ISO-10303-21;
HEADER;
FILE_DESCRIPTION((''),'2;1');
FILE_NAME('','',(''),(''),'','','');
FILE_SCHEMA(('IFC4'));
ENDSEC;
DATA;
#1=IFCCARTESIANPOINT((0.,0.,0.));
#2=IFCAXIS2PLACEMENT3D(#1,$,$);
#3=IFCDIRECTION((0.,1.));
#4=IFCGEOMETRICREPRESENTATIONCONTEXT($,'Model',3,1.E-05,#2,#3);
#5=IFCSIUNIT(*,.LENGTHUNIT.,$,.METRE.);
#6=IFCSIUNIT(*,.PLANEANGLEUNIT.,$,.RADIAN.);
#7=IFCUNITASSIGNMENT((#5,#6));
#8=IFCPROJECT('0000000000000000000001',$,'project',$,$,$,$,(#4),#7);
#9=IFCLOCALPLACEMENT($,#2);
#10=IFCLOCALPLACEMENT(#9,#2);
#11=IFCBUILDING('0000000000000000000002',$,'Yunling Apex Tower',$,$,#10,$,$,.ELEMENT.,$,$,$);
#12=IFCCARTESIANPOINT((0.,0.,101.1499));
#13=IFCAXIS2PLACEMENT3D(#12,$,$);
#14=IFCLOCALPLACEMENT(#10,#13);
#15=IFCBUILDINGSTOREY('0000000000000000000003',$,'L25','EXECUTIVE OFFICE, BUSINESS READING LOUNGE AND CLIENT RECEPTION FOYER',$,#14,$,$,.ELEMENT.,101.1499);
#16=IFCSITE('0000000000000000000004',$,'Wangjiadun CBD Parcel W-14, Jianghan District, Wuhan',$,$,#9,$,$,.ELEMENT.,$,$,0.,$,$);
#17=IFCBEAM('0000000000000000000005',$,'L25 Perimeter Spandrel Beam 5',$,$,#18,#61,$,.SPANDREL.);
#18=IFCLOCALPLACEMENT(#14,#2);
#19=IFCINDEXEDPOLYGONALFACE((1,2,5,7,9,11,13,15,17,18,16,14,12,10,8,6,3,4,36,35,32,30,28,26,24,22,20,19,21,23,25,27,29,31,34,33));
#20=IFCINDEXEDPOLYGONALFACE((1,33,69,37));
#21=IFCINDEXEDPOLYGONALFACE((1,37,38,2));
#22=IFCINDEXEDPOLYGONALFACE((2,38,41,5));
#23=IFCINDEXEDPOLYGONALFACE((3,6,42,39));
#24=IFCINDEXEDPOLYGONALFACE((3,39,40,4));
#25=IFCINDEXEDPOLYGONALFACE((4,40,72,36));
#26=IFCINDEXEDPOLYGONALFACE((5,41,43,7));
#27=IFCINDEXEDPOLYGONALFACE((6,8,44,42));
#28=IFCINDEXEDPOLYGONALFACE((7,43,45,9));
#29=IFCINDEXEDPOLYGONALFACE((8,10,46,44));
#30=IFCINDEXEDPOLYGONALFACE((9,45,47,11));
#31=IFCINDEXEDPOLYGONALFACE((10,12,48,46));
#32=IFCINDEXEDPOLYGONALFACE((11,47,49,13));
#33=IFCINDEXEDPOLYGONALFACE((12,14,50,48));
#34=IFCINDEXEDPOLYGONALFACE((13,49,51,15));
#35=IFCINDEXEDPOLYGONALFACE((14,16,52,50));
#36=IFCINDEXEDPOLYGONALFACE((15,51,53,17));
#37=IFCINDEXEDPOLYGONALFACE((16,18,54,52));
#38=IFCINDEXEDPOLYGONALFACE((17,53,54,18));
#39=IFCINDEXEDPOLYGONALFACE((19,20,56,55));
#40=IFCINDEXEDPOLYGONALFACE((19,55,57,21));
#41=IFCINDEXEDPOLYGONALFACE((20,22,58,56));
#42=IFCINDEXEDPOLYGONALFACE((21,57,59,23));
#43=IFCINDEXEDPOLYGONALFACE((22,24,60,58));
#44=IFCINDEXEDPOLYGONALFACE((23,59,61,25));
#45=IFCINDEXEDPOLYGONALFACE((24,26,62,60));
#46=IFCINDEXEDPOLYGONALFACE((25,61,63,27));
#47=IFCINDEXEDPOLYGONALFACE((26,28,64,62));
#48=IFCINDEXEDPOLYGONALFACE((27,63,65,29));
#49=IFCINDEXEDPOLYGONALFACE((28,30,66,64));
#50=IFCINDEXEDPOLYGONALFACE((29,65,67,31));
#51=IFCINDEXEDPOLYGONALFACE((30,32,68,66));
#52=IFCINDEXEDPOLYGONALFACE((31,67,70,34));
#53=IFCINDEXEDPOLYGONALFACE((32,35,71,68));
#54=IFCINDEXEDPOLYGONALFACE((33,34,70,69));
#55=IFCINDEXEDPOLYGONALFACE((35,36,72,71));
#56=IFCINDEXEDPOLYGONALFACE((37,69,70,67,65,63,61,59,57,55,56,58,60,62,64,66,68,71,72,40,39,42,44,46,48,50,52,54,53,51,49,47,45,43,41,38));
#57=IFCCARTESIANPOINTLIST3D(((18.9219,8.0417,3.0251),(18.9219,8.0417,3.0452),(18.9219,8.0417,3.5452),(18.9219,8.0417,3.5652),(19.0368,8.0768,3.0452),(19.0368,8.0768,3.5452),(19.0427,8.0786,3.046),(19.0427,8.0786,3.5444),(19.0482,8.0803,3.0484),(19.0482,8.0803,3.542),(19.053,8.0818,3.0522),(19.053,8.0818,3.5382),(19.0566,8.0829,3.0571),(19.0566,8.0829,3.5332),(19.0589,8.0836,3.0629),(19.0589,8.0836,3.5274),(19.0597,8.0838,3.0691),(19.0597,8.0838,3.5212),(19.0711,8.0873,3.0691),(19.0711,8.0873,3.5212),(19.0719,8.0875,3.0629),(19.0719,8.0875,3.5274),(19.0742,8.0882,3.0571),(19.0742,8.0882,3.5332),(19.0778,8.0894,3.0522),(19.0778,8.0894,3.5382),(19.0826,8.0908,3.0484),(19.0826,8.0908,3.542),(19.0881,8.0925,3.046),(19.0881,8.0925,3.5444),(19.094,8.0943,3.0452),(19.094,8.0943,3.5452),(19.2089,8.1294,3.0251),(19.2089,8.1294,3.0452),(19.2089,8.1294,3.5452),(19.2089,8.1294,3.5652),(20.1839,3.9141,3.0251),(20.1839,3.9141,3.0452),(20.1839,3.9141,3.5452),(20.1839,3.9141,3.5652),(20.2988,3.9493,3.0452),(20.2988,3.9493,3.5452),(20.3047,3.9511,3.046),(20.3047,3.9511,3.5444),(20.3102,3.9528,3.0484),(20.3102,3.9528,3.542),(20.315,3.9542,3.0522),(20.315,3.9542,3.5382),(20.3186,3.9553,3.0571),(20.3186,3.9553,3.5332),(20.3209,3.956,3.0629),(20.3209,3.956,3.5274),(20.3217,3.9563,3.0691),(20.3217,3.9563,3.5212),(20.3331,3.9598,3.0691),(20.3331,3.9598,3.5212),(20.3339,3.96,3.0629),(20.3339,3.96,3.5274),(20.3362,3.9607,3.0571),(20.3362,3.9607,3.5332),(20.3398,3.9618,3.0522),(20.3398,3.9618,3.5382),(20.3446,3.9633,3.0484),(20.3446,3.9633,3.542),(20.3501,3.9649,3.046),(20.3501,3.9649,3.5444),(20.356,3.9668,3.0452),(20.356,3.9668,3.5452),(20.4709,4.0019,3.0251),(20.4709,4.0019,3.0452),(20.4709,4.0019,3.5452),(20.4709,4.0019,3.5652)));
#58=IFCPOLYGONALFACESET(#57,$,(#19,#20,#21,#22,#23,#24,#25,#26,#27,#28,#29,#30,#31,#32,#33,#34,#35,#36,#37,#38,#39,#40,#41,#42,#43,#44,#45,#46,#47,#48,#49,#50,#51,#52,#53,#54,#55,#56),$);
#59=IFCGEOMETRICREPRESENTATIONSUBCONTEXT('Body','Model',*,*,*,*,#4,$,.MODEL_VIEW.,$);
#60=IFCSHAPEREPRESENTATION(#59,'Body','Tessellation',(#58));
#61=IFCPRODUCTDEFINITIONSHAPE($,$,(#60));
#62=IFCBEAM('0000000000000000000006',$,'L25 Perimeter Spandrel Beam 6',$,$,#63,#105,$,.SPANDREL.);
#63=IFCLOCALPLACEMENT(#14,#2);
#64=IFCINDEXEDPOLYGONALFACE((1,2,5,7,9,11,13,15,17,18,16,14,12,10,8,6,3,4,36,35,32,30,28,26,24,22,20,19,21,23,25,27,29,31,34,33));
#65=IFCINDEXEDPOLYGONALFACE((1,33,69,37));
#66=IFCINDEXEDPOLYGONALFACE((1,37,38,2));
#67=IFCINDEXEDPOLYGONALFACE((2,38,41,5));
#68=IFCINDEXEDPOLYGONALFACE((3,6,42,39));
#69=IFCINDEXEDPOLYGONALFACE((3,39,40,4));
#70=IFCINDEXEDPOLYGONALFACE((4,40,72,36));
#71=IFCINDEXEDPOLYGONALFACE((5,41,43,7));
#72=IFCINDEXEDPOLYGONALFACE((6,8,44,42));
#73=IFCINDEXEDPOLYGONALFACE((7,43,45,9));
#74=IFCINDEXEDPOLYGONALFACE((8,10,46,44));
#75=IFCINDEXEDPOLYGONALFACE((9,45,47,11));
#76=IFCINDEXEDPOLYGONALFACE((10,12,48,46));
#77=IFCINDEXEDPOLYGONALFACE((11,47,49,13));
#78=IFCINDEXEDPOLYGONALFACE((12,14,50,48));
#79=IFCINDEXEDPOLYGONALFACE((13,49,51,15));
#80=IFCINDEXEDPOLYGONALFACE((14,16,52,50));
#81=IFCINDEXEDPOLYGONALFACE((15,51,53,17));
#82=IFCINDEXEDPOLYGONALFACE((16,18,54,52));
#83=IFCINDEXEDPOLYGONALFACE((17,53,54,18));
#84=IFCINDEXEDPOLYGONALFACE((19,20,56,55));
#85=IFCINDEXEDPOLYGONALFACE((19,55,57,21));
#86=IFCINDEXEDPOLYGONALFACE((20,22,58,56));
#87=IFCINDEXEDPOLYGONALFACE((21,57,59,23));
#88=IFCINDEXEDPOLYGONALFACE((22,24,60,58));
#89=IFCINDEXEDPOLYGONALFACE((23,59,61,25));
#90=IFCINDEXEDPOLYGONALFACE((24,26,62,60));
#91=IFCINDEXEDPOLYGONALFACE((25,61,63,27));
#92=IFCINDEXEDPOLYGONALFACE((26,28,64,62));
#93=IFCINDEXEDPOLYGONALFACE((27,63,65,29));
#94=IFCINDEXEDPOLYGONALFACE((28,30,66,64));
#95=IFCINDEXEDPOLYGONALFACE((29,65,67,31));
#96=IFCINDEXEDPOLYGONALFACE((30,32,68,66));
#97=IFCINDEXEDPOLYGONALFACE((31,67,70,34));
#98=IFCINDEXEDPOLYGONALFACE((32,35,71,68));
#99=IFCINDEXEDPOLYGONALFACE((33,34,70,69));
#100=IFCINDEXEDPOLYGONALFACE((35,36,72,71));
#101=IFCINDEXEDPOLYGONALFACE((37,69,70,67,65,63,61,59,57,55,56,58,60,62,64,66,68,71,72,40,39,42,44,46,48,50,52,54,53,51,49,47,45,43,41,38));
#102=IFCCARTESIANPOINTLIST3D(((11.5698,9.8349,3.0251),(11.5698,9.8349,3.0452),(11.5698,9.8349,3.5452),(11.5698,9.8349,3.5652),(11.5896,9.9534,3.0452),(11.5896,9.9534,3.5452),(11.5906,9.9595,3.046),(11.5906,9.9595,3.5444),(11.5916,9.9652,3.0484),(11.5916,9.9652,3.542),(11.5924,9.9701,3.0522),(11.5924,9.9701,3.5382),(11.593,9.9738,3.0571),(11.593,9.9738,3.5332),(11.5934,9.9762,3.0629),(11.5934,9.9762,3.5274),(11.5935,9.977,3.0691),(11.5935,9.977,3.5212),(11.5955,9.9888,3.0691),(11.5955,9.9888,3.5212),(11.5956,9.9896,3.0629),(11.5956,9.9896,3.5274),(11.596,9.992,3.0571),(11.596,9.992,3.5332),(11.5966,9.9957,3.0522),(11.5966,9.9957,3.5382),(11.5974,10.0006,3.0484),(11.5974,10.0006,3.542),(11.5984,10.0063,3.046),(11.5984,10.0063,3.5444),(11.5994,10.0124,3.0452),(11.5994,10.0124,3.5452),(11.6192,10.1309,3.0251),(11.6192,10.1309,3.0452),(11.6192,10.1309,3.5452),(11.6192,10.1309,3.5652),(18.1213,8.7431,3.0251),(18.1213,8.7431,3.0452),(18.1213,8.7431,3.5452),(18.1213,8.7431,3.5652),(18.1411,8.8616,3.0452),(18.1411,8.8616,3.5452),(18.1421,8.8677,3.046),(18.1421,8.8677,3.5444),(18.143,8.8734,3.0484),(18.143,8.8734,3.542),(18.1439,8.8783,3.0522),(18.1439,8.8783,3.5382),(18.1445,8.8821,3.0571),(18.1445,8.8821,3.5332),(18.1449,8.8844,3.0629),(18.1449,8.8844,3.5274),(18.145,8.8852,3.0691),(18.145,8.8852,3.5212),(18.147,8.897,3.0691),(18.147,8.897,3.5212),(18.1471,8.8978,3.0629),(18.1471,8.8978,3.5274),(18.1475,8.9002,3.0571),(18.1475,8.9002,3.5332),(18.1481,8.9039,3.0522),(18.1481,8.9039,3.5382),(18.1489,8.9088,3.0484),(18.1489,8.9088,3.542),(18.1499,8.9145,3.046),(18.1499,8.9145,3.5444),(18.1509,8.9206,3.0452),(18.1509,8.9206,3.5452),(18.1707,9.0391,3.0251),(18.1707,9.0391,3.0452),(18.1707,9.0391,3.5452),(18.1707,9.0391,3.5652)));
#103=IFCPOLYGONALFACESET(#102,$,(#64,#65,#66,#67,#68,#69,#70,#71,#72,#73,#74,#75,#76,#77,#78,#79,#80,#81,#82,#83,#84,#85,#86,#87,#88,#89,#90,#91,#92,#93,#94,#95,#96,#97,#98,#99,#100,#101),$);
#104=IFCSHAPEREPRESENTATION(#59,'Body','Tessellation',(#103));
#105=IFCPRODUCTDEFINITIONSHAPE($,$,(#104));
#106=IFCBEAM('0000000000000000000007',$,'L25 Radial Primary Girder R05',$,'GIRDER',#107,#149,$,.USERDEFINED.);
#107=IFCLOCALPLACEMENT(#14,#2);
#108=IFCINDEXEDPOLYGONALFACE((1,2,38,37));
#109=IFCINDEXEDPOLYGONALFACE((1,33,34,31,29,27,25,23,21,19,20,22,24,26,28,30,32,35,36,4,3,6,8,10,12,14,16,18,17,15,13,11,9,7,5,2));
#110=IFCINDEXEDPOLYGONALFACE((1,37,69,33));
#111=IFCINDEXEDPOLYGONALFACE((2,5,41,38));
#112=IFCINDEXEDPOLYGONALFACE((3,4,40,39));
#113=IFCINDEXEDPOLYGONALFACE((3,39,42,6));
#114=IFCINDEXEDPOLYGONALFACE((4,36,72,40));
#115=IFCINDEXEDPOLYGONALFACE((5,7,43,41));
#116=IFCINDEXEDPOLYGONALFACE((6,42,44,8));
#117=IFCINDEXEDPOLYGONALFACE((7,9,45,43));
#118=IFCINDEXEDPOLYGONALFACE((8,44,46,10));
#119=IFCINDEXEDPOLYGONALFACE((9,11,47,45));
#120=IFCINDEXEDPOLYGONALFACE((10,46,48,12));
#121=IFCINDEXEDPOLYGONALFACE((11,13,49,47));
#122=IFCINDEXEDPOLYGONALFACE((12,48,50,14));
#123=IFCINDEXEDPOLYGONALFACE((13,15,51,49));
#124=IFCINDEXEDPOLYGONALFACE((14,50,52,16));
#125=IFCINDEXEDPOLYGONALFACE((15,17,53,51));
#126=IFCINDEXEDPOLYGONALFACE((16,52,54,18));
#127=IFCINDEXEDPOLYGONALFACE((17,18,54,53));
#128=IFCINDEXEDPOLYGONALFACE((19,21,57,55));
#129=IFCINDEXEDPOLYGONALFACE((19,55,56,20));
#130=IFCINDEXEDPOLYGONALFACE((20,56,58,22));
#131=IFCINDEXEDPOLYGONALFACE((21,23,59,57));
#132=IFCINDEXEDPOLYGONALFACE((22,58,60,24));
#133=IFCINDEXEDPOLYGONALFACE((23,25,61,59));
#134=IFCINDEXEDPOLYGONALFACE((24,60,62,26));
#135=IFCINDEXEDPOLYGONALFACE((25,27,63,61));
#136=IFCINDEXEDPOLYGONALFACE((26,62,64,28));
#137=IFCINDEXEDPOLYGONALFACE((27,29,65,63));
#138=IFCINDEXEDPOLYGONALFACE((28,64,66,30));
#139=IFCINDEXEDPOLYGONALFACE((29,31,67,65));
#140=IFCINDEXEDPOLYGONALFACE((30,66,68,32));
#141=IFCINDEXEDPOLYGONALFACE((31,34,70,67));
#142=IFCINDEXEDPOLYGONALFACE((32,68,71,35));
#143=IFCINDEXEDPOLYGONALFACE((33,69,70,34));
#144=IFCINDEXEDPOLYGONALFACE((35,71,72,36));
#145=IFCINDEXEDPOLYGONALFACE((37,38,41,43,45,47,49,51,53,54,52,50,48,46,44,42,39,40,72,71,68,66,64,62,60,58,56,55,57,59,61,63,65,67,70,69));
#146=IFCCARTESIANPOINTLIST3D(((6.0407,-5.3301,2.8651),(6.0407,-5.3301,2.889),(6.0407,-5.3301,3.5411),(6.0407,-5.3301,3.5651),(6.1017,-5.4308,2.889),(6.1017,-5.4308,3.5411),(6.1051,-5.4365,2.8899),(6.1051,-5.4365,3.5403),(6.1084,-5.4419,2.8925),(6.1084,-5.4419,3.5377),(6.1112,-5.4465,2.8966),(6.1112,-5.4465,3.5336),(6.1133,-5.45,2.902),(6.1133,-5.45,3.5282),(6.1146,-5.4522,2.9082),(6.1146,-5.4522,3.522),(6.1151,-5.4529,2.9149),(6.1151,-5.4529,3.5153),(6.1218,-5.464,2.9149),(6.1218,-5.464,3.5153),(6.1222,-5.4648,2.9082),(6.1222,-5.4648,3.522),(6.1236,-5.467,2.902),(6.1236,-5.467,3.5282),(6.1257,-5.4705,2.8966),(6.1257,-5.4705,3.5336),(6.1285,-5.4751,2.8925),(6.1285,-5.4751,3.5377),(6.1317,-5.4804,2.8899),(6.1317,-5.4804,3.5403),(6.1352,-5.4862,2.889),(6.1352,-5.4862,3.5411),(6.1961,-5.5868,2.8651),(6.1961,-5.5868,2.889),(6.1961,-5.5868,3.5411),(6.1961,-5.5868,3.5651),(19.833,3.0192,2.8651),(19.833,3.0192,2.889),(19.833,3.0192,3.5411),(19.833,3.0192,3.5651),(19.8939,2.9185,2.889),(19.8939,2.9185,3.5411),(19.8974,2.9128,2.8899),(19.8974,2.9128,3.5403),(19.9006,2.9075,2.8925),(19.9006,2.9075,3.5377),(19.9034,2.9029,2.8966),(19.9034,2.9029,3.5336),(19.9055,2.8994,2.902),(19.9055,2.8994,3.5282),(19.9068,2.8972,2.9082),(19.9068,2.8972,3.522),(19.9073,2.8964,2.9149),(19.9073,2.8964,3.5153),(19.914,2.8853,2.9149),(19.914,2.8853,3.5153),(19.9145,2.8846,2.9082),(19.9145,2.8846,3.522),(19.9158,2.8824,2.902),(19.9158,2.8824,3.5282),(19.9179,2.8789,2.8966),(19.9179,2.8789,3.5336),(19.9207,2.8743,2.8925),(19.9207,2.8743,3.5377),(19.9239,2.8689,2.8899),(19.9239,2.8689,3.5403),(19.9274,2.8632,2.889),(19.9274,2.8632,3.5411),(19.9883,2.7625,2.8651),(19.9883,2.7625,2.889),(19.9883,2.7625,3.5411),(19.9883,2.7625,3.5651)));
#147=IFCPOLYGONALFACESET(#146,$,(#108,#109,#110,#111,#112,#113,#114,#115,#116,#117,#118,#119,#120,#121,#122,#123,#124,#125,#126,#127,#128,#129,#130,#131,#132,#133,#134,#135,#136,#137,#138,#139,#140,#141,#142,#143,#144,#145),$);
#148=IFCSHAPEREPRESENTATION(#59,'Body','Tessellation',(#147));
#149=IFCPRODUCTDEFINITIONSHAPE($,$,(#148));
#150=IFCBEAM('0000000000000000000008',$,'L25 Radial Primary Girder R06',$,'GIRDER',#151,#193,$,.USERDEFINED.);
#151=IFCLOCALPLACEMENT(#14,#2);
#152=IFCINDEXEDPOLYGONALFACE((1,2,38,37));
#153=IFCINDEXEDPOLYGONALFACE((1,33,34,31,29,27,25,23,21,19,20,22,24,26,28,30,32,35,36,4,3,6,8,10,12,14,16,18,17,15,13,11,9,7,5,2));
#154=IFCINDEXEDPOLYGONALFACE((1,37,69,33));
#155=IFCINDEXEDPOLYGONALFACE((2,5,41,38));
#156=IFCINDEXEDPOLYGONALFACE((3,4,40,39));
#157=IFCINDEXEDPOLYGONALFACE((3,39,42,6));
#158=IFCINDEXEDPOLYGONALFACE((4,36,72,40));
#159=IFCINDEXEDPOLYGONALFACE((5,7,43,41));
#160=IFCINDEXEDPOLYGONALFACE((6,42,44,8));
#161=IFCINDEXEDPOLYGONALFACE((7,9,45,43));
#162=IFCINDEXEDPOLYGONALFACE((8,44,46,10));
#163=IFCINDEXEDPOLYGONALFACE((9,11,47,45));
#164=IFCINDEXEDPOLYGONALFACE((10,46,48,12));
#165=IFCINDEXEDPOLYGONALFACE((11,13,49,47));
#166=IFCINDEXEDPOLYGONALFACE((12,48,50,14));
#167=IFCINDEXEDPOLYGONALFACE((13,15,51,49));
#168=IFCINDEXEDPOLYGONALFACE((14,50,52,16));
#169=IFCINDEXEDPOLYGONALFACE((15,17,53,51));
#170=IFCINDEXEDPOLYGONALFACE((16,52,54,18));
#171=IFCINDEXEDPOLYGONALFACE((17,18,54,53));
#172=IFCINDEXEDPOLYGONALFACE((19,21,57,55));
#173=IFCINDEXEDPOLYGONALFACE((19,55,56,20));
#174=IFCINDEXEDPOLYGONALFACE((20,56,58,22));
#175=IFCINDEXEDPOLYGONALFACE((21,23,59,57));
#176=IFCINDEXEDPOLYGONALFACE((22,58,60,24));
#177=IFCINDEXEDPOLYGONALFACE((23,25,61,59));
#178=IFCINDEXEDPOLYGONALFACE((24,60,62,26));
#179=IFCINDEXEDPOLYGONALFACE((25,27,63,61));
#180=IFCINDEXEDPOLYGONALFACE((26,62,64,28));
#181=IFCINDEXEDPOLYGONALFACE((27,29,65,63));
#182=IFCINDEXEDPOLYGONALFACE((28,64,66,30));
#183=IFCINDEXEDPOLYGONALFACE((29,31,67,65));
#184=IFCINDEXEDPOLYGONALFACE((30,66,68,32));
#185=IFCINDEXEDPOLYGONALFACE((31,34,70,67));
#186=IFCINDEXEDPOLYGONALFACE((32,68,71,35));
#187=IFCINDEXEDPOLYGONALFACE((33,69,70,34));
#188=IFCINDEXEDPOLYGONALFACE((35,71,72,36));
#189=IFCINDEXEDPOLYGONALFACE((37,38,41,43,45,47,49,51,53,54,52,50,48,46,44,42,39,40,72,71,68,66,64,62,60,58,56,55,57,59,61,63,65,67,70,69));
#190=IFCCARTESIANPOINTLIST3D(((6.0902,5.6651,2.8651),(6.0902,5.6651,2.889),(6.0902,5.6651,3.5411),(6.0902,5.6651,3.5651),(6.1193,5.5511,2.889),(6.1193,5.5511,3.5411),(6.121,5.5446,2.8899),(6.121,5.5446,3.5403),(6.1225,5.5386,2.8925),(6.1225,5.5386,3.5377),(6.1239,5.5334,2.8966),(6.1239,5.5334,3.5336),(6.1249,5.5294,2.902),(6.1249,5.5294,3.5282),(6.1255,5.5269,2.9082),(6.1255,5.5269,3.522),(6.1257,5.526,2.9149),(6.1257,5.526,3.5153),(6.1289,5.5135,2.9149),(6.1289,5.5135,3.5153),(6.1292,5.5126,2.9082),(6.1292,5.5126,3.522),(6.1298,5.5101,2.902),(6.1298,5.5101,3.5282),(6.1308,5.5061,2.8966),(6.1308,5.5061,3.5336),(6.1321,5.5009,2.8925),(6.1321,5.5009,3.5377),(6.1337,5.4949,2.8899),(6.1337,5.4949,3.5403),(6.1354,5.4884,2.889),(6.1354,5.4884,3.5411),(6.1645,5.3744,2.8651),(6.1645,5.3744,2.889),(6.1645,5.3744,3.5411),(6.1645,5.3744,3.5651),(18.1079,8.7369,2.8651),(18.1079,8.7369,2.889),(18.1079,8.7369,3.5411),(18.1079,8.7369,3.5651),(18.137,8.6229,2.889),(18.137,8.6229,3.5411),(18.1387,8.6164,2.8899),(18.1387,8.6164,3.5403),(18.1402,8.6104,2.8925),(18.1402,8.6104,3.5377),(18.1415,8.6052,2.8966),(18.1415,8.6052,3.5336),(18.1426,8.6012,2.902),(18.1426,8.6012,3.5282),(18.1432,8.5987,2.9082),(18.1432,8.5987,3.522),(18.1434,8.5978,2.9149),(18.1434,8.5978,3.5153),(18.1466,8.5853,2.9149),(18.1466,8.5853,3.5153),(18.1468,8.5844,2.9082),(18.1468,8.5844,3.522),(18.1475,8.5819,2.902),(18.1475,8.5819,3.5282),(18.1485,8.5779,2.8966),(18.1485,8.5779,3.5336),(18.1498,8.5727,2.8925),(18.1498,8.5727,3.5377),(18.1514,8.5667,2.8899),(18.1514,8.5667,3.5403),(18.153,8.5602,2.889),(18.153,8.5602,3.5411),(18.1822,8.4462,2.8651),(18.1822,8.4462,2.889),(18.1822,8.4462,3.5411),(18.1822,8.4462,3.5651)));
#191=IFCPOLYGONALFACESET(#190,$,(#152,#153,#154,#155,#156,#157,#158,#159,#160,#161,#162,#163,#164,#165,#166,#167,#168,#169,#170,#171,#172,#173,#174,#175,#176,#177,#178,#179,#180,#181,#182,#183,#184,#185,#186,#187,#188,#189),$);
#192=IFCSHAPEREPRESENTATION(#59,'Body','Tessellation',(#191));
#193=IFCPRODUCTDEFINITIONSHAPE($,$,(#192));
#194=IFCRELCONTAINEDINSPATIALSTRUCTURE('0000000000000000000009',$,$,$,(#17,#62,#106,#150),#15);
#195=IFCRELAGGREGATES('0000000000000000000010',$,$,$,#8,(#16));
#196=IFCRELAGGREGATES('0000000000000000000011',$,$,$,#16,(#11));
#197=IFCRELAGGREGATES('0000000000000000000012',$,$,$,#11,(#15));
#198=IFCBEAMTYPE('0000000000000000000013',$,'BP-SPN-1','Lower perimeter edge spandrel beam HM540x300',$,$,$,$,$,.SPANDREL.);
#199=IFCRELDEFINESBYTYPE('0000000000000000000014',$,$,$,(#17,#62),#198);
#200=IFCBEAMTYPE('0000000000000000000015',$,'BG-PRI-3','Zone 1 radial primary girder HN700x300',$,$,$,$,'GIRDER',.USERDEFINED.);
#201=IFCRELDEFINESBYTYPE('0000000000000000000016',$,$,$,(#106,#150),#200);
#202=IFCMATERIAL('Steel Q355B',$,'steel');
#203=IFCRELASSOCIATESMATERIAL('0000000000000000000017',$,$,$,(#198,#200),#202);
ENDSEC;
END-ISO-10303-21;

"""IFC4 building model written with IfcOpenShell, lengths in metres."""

from ifc_helpers import new_model, si_unit, direction, frame, origin, origin_2d, place, context, subcontext, project, spatial, i_section, extrude, source, transform, mapped, material, material_profile, profile_set, type_object, element, save


model = new_model("IFC4")

# Units and contexts
model_context = context("Model", 3, precision=1e-05, world=origin(), true_north=direction((0.0, 1.0)))
body_context = subcontext(model_context, "Body", "Model", "MODEL_VIEW")
ifc_project = project(units=[si_unit("LENGTHUNIT", "METRE"), si_unit("PLANEANGLEUNIT", "RADIAN")], contexts=[model_context])

# Site, building, storey
site_placement = place(None, origin())
site = spatial("IfcSite", under=ifc_project, at=site_placement, Name="Wangjiadun CBD Parcel W-14, Jianghan District, Wuhan", CompositionType="ELEMENT", RefElevation=0.0)
building_placement = place(site_placement, origin())
building = spatial("IfcBuilding", under=site, at=building_placement, Name="Yunling Apex Tower", CompositionType="ELEMENT")
storey_placement = place(building_placement, frame((0.0, 0.0, 101.1499)))
storey = spatial("IfcBuildingStorey", under=building, at=storey_placement, Name="L25", Description="EXECUTIVE OFFICE, BUSINESS READING LOUNGE AND CLIENT RECEPTION FOYER", CompositionType="ELEMENT", Elevation=101.1499)

# Beams
ifc_material_1 = material(Name="Steel Q355B", Category="steel")
ifc_material_profile_1 = material_profile(ifc_material_1, i_section(OverallWidth=0.3, OverallDepth=0.54, WebThickness=0.012, FlangeThickness=0.02, FilletRadius=0.0239, at=origin_2d()))
ifc_profile_set_1 = profile_set([ifc_material_profile_1], Name="Steel Q355B")
beam_type_1 = type_object("IfcBeamType", Name="BP-SPN-1", Description="Lower perimeter edge spandrel beam HM540x300", PredefinedType="SPANDREL", material=ifc_profile_set_1)
shared_shape_1 = source(origin(), body_context, "Body", "SweptSolid", [
    extrude(i_section(OverallWidth=0.3, OverallDepth=0.54, WebThickness=0.012, FlangeThickness=0.02, FilletRadius=0.0239, at=origin_2d()), origin(), (0.0, 0.0, 1.0), 4.3162),
])
beam_1_placement = place(storey_placement, frame((20.3274, 3.958, 3.2952), z_axis=(-0.292388, 0.9563, 0.0), x_axis=(-0.9563, -0.292388, 0.0)))
element("IfcBeam", 1, at=beam_1_placement, inside=storey, type_object=beam_type_1, Name="L25 Perimeter Spandrel Beam 5", PredefinedType="SPANDREL", context=body_context, shape_type="MappedRepresentation", body=[
    mapped(shared_shape_1, transform((0.0, 0.0, 0.0), scale=1.0)),
])
shared_shape_2 = source(origin(), body_context, "Body", "SweptSolid", [
    extrude(i_section(OverallWidth=0.3, OverallDepth=0.54, WebThickness=0.012, FlangeThickness=0.02, FilletRadius=0.0239, at=origin_2d()), origin(), (0.0, 0.0, 1.0), 6.6418),
])
beam_2_placement = place(storey_placement, frame((18.146, 8.8911, 3.2952), z_axis=(-0.986397, 0.164381, 0.0), x_axis=(-0.164381, -0.986397, 0.0)))
element("IfcBeam", 2, at=beam_2_placement, inside=storey, type_object=beam_type_1, Name="L25 Perimeter Spandrel Beam 6", PredefinedType="SPANDREL", context=body_context, shape_type="MappedRepresentation", body=[
    mapped(shared_shape_2, transform((0.0, 0.0, 0.0), scale=1.0)),
])
ifc_material_profile_2 = material_profile(ifc_material_1, i_section(OverallWidth=0.3, OverallDepth=0.7, WebThickness=0.0129, FlangeThickness=0.0239, FilletRadius=0.0259, at=origin_2d()))
ifc_profile_set_2 = profile_set([ifc_material_profile_2], Name="Steel Q355B")
beam_type_2 = type_object("IfcBeamType", Name="BG-PRI-3", Description="Zone 1 radial primary girder HN700x300", ElementType="GIRDER", PredefinedType="USERDEFINED", material=ifc_profile_set_2)
shared_shape_3 = source(origin(), body_context, "Body", "SweptSolid", [
    extrude(i_section(OverallWidth=0.3, OverallDepth=0.7, WebThickness=0.0129, FlangeThickness=0.0239, FilletRadius=0.0259, at=origin_2d()), origin(), (0.0, 0.0, 1.0), 16.1226),
])
beam_3_placement = place(storey_placement, frame((19.9106, 2.8909, 3.2151), z_axis=(-0.855461, -0.517868, 0.0), x_axis=(0.517868, -0.855461, 0.0)))
element("IfcBeam", 3, at=beam_3_placement, inside=storey, type_object=beam_type_2, Name="L25 Radial Primary Girder R05", ObjectType="GIRDER", PredefinedType="USERDEFINED", context=body_context, shape_type="MappedRepresentation", body=[
    mapped(shared_shape_3, transform((0.0, 0.0, 0.0), scale=1.0)),
])
shared_shape_4 = source(origin(), body_context, "Body", "SweptSolid", [
    extrude(i_section(OverallWidth=0.3, OverallDepth=0.7, WebThickness=0.0129, FlangeThickness=0.0239, FilletRadius=0.0259, at=origin_2d()), origin(), (0.0, 0.0, 1.0), 12.4041),
])
beam_4_placement = place(storey_placement, frame((18.145, 8.5916, 3.2151), z_axis=(-0.968851, -0.247645, 0.0), x_axis=(0.247645, -0.968851, 0.0)))
element("IfcBeam", 4, at=beam_4_placement, inside=storey, type_object=beam_type_2, Name="L25 Radial Primary Girder R06", ObjectType="GIRDER", PredefinedType="USERDEFINED", context=body_context, shape_type="MappedRepresentation", body=[
    mapped(shared_shape_4, transform((0.0, 0.0, 0.0), scale=1.0)),
])

save(model, "model.ifc")
